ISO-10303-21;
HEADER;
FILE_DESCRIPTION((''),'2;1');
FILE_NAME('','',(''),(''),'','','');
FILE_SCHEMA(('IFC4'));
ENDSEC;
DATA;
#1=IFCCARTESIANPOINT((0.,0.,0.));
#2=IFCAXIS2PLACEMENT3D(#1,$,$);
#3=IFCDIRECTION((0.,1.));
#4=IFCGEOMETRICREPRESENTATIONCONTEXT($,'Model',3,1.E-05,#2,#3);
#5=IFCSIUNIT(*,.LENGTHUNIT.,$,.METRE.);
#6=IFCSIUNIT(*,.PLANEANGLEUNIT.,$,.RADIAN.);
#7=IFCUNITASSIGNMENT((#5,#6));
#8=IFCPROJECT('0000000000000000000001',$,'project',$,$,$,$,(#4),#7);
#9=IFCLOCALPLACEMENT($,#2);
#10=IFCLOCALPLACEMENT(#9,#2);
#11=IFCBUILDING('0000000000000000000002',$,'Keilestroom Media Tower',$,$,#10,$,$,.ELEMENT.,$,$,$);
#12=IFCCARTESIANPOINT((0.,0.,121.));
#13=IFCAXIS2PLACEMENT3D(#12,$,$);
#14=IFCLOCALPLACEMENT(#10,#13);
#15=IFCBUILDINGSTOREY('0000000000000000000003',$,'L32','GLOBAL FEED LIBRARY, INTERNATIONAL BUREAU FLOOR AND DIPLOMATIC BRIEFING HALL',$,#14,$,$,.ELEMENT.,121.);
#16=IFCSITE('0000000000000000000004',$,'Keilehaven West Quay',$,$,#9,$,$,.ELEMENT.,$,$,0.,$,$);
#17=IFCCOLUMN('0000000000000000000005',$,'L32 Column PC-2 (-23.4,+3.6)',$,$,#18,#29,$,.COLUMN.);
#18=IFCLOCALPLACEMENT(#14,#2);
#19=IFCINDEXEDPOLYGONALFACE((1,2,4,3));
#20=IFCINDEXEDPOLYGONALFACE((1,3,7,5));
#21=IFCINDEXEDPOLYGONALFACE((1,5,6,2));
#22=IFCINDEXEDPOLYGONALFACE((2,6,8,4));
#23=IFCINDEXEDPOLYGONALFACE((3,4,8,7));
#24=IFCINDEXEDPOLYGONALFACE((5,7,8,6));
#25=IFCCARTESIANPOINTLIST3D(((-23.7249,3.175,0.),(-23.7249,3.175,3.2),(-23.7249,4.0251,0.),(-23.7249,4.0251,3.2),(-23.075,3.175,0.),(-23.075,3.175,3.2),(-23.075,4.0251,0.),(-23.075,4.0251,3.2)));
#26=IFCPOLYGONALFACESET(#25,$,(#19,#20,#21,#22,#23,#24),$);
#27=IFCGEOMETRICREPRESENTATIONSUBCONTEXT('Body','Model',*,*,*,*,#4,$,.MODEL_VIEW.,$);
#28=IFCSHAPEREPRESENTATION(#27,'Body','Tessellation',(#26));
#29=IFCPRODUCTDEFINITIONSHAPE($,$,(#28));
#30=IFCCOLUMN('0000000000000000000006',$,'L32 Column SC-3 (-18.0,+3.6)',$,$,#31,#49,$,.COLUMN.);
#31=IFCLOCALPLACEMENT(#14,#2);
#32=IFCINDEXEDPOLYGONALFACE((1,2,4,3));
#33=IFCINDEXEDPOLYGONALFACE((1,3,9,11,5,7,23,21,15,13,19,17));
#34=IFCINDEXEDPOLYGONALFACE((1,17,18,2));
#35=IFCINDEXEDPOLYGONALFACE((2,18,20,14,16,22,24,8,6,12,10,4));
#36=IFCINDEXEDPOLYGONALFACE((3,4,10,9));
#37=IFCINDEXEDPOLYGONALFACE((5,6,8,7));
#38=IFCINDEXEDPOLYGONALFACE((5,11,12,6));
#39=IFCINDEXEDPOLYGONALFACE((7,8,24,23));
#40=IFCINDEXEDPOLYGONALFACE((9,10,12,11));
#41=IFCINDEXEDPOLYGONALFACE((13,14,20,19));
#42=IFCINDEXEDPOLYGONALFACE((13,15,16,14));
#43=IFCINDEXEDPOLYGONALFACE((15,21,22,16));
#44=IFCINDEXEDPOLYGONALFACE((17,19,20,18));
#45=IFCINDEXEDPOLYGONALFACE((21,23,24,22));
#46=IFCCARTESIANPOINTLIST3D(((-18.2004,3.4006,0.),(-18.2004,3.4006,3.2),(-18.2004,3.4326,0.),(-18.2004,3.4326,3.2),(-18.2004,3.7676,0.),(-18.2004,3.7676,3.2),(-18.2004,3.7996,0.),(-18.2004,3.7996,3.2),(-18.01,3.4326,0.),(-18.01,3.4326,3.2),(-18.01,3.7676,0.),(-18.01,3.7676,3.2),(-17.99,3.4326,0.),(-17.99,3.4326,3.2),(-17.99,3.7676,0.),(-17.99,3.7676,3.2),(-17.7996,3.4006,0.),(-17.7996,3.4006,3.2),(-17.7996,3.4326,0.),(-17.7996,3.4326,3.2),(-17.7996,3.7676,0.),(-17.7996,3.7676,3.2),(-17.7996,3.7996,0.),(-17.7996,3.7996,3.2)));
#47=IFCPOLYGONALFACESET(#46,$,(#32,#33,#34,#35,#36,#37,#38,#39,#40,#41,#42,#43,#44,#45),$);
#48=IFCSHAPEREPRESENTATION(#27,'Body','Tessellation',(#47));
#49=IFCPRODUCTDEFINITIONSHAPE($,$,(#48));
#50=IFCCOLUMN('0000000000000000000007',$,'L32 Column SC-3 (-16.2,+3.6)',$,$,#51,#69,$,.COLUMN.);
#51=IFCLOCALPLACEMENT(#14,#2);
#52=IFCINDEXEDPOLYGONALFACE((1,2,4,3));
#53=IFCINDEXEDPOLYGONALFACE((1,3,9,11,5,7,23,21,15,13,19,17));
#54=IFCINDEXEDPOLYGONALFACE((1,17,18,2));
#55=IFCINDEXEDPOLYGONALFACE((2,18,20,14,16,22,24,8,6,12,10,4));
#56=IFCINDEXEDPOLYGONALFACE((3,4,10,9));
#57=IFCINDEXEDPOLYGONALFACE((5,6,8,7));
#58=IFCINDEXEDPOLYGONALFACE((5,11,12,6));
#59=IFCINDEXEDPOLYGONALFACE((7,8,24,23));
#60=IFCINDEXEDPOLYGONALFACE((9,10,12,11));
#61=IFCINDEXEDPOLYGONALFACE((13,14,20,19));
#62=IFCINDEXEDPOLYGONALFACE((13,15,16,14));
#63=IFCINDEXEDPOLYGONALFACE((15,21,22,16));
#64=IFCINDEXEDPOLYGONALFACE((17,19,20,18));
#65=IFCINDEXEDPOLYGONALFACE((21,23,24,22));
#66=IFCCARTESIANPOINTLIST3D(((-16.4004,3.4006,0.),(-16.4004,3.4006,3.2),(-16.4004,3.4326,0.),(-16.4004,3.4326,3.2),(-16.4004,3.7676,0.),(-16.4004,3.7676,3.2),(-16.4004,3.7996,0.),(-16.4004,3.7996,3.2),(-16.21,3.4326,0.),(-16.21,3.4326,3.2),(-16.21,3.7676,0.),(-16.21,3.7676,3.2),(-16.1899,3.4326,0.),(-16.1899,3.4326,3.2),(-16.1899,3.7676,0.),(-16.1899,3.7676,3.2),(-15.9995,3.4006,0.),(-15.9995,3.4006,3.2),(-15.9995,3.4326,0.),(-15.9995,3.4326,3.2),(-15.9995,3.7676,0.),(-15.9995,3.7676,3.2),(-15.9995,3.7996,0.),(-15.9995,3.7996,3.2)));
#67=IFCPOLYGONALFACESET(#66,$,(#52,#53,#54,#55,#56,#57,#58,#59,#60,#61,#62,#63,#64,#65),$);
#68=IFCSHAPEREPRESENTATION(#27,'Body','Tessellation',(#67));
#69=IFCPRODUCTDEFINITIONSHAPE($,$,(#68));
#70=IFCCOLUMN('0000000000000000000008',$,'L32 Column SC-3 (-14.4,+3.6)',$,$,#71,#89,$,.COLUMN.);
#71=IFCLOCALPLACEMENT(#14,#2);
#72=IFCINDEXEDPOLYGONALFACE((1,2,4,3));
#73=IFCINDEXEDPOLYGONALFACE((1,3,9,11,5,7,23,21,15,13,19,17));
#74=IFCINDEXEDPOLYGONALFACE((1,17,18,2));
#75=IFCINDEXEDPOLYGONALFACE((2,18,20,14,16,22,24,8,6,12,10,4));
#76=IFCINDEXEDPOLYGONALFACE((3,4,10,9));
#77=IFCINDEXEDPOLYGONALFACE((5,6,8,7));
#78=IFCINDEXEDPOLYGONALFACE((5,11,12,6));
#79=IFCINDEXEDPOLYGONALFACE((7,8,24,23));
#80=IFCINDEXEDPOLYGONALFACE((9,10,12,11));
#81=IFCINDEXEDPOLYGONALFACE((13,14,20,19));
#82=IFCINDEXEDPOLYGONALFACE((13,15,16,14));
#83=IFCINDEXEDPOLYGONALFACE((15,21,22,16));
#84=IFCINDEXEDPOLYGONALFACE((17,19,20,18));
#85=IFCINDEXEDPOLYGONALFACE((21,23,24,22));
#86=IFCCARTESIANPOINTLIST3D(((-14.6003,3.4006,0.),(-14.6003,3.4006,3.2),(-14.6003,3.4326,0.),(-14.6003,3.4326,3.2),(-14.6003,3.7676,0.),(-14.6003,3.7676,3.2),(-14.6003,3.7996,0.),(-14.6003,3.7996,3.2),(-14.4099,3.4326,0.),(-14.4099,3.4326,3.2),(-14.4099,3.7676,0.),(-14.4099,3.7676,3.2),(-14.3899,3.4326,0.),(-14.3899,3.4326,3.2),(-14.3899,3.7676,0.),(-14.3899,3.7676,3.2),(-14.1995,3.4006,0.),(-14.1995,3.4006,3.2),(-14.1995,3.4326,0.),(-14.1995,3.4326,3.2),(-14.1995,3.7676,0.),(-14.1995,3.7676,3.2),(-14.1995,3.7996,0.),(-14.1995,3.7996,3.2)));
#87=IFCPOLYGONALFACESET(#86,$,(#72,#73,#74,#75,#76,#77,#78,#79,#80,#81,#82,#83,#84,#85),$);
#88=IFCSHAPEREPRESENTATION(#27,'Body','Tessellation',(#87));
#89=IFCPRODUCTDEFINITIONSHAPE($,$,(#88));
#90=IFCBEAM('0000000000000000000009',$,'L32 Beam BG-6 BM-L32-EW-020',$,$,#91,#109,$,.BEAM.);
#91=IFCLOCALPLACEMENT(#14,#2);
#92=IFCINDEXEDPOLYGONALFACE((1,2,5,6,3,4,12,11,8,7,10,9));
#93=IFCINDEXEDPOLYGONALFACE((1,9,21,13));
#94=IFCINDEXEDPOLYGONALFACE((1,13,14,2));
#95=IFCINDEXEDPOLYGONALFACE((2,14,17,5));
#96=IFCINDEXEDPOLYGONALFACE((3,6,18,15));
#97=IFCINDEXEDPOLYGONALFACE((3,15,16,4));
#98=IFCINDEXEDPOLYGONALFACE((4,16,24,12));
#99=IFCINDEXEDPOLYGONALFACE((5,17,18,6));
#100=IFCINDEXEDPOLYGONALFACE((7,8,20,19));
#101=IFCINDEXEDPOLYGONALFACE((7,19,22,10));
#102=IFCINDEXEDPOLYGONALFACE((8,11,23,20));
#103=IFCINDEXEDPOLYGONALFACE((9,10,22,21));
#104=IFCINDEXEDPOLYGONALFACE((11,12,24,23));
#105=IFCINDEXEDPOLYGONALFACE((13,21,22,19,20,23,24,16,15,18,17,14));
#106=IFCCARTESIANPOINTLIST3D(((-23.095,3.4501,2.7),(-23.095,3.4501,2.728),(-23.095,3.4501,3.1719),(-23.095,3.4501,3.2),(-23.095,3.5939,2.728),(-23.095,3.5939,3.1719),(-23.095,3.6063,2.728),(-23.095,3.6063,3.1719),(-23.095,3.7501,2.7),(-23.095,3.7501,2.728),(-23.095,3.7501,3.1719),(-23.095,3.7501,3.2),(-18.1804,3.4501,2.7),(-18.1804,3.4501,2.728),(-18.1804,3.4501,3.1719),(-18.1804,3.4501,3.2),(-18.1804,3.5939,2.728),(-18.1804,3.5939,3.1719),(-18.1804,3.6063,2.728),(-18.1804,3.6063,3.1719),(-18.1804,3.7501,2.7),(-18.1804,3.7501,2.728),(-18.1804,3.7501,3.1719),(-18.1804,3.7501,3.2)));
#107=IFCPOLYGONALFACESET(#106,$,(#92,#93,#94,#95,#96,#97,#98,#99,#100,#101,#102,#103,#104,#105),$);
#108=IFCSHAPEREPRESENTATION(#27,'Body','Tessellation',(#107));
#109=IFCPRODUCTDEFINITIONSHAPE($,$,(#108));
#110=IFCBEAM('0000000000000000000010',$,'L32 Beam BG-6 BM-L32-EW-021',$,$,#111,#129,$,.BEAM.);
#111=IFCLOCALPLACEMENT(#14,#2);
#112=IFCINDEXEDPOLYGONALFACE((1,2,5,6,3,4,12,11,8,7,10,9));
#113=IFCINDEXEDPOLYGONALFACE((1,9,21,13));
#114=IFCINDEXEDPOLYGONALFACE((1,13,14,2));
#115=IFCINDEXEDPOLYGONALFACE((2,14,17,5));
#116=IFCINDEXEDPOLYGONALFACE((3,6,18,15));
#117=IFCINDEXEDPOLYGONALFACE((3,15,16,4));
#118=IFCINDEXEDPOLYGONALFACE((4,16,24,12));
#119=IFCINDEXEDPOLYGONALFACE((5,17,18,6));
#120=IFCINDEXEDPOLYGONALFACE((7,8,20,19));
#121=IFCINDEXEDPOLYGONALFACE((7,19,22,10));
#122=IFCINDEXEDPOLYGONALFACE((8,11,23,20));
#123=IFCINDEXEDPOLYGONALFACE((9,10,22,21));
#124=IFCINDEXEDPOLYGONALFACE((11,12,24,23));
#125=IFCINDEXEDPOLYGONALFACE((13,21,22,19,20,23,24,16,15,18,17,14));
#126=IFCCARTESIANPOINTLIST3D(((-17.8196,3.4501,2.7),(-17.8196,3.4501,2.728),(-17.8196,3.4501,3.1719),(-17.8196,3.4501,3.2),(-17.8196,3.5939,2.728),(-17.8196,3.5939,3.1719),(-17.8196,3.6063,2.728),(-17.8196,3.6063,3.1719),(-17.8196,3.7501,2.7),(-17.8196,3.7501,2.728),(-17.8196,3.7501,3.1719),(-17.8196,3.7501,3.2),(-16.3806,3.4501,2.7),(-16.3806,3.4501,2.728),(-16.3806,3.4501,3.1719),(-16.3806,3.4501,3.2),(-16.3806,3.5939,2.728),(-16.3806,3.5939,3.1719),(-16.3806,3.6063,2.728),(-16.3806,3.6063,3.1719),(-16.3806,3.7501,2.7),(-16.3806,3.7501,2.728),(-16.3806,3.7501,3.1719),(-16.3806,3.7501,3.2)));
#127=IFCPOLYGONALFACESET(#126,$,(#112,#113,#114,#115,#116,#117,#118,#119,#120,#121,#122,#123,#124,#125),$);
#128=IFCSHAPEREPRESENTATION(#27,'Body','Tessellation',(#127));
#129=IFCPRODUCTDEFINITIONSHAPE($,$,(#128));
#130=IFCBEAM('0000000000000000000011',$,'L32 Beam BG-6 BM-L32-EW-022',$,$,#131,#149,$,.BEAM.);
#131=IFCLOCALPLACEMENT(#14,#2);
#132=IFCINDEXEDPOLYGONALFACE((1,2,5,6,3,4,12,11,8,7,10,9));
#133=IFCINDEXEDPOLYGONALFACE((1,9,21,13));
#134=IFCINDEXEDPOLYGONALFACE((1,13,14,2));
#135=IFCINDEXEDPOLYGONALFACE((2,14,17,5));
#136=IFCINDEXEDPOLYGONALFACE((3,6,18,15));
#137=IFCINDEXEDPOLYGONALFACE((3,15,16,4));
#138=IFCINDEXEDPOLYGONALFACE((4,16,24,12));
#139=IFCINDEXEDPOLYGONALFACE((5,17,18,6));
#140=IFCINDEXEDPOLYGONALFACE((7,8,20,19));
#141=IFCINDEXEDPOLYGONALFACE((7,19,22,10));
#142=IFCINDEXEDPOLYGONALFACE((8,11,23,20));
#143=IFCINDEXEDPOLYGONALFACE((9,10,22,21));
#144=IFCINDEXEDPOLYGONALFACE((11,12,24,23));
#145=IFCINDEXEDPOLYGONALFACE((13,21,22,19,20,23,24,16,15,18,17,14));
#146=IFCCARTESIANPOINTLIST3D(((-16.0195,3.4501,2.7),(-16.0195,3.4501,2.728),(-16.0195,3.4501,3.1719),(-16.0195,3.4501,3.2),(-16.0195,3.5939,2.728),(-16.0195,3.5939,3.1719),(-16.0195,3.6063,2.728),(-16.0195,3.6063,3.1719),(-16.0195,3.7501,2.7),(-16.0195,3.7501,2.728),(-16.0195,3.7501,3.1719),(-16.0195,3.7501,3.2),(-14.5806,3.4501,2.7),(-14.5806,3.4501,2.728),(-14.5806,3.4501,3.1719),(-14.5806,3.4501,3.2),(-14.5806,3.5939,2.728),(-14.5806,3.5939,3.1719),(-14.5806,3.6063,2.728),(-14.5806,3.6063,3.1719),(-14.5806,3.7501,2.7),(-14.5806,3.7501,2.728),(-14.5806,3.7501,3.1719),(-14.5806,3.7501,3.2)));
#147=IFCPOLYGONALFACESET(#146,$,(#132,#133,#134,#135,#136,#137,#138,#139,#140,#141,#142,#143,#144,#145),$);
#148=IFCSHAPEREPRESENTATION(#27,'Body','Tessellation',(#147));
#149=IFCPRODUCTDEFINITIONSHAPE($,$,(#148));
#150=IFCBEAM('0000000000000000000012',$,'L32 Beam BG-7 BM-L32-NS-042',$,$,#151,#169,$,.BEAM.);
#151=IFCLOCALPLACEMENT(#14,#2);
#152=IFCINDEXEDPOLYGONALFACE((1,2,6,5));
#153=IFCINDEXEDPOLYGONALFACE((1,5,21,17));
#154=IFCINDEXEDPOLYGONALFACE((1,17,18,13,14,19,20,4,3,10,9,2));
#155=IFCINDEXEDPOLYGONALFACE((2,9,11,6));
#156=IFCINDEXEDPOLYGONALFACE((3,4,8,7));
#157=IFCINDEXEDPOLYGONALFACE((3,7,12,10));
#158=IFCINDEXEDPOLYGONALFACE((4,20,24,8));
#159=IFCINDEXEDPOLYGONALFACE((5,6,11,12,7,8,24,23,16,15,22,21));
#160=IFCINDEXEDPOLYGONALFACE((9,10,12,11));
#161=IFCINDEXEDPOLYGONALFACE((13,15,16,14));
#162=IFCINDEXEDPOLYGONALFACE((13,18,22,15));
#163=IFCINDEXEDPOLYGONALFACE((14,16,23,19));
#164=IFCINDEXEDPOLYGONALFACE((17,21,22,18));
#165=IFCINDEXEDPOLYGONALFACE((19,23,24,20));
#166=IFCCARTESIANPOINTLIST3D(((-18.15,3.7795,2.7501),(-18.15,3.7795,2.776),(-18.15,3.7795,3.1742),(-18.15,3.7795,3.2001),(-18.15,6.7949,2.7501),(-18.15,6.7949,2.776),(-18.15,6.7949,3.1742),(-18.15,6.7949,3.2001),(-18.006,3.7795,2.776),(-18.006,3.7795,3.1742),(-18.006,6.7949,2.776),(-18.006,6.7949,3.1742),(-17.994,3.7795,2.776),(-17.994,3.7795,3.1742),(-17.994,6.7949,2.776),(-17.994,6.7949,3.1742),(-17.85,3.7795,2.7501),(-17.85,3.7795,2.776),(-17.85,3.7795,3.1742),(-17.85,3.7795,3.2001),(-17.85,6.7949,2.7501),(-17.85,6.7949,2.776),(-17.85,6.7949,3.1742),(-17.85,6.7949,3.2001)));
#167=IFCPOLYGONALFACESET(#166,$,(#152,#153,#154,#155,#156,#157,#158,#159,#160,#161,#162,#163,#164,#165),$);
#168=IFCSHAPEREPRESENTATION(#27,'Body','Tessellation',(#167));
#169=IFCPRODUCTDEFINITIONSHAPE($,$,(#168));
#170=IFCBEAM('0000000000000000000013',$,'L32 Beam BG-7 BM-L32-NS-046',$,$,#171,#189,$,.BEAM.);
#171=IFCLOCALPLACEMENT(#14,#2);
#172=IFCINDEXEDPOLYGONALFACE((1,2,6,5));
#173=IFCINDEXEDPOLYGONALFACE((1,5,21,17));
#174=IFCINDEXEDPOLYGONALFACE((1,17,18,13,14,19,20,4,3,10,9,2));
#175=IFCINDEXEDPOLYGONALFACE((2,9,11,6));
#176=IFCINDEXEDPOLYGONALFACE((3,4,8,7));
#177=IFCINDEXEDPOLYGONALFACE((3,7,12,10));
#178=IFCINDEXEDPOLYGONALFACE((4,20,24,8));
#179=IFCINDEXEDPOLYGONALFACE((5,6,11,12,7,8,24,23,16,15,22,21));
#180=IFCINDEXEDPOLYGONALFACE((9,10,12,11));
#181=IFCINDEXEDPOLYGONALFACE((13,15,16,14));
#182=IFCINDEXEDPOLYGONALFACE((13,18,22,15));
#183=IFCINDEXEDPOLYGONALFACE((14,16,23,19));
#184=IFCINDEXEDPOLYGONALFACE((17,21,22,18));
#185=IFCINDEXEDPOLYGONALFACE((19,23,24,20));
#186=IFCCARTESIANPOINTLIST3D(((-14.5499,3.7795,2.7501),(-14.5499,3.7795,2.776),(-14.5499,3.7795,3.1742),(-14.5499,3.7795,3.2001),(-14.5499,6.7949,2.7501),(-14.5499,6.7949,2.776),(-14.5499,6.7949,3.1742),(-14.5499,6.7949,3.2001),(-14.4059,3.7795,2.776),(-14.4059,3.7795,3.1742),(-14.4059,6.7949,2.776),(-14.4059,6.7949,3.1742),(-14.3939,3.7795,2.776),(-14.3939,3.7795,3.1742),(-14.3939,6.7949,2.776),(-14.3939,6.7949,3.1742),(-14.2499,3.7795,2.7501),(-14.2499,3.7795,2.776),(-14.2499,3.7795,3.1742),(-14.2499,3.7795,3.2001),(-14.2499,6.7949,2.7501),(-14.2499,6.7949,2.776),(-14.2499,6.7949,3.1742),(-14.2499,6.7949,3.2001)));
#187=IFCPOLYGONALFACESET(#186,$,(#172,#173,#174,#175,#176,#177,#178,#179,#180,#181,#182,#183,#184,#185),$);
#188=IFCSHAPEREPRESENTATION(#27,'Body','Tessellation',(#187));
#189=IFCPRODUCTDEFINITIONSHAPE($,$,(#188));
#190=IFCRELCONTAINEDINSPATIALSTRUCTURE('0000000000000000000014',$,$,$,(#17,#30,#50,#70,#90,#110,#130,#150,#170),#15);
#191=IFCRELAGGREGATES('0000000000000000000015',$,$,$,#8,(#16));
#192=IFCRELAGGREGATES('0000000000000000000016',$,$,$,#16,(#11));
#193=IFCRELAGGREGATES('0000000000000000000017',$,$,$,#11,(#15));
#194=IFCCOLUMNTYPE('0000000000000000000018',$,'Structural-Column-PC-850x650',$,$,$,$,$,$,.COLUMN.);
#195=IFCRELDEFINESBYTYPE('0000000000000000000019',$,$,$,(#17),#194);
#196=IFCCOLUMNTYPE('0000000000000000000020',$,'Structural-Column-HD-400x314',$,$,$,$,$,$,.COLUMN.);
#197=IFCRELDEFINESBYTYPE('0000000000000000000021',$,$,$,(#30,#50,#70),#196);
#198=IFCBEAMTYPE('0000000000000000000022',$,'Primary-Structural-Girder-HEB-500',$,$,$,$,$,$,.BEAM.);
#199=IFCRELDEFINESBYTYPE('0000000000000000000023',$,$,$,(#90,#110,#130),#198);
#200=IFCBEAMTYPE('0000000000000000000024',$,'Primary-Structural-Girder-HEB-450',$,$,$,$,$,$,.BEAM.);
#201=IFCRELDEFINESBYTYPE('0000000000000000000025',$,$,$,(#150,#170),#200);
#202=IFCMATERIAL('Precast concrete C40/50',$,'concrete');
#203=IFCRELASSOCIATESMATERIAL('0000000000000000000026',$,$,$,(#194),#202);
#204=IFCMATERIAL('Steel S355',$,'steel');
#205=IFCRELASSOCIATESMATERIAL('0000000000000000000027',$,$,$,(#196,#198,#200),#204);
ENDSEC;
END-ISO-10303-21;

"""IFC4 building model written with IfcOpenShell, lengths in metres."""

from ifc_helpers import new_model, si_unit, direction, frame, origin, origin_2d, place, context, subcontext, project, spatial, rectangle, i_section, extrude, source, transform, mapped, material, material_profile, profile_set, type_object, element, save


model = new_model("IFC4")

# Units and contexts
model_context = context("Model", 3, precision=1e-05, world=origin(), true_north=direction((0.0, 1.0)))
body_context = subcontext(model_context, "Body", "Model", "MODEL_VIEW")
ifc_project = project(units=[si_unit("LENGTHUNIT", "METRE"), si_unit("PLANEANGLEUNIT", "RADIAN")], contexts=[model_context])

# Site, building, storey
site_placement = place(None, origin())
site = spatial("IfcSite", under=ifc_project, at=site_placement, Name="Keilehaven West Quay", CompositionType="ELEMENT", RefElevation=0.0)
building_placement = place(site_placement, origin())
building = spatial("IfcBuilding", under=site, at=building_placement, Name="Keilestroom Media Tower", CompositionType="ELEMENT")
storey_placement = place(building_placement, frame((0.0, 0.0, 121.0)))
storey = spatial("IfcBuildingStorey", under=building, at=storey_placement, Name="L32", Description="GLOBAL FEED LIBRARY, INTERNATIONAL BUREAU FLOOR AND DIPLOMATIC BRIEFING HALL", CompositionType="ELEMENT", Elevation=121.0)

# Columns
ifc_material_1 = material(Name="Precast concrete C40/50", Category="concrete")
ifc_material_profile_1 = material_profile(ifc_material_1, rectangle(XDim=0.6499, YDim=0.8501, at=origin_2d()), Name="PC 850x650")
ifc_profile_set_1 = profile_set([ifc_material_profile_1], Name="Precast concrete C40/50")
column_type_1 = type_object("IfcColumnType", Name="Structural-Column-PC-850x650", PredefinedType="COLUMN", material=ifc_profile_set_1)
shared_shape_1 = source(origin(), body_context, "Body", "SweptSolid", [
    extrude(rectangle(XDim=0.6499, YDim=0.8501, at=origin_2d()), origin(), (0.0, 0.0, 1.0), 3.2),
])
column_placement = place(storey_placement, frame((-23.3999, 3.6001, 0.0), z_axis=(0.0, 0.0, 1.0), x_axis=(1.0, 0.0, 0.0)))
element("IfcColumn", 1, at=column_placement, inside=storey, type_object=column_type_1, Name="L32 Column PC-2 (-23.4,+3.6)", PredefinedType="COLUMN", context=body_context, shape_type="MappedRepresentation", body=[
    mapped(shared_shape_1, transform((0.0, 0.0, 0.0), x_axis=(1.0, 0.0, 0.0), y_axis=(0.0, 1.0, 0.0), z_axis=(0.0, 0.0, 1.0), scale=1.0)),
])
ifc_material_2 = material(Name="Steel S355", Category="steel")
ifc_material_profile_2 = material_profile(ifc_material_2, i_section(OverallWidth=0.4009, OverallDepth=0.3989, WebThickness=0.02, FlangeThickness=0.032, at=origin_2d()), Name="HD 400x314")
ifc_profile_set_2 = profile_set([ifc_material_profile_2], Name="Steel S355")
column_type_2 = type_object("IfcColumnType", Name="Structural-Column-HD-400x314", PredefinedType="COLUMN", material=ifc_profile_set_2)
shared_shape_2 = source(origin(), body_context, "Body", "SweptSolid", [
    extrude(i_section(OverallWidth=0.4009, OverallDepth=0.3989, WebThickness=0.02, FlangeThickness=0.032, at=origin_2d()), origin(), (0.0, 0.0, 1.0), 3.2),
])
for number, where, z_axis, x_axis, name in (
    (2, (-18.0, 3.6001, 0.0), (0.0, 0.0, 1.0), (1.0, 0.0, 0.0), "L32 Column SC-3 (-18.0,+3.6)"),
    (3, (-16.2, 3.6001, 0.0), (0.0, 0.0, 1.0), (1.0, 0.0, 0.0), "L32 Column SC-3 (-16.2,+3.6)"),
    (4, (-14.3999, 3.6001, 0.0), (0.0, 0.0, 1.0), (1.0, 0.0, 0.0), "L32 Column SC-3 (-14.4,+3.6)"),
):
    element("IfcColumn", number, at=place(storey_placement, frame(where, z_axis=z_axis, x_axis=x_axis)), inside=storey, type_object=column_type_2, Name=name, PredefinedType="COLUMN", context=body_context, shape_type="MappedRepresentation", body=[
        mapped(shared_shape_2, transform((0.0, 0.0, 0.0), x_axis=(1.0, 0.0, 0.0), y_axis=(0.0, 1.0, 0.0), z_axis=(0.0, 0.0, 1.0), scale=1.0)),
    ])

# Beams
ifc_material_profile_3 = material_profile(ifc_material_2, i_section(OverallWidth=0.3, OverallDepth=0.5, WebThickness=0.0125, FlangeThickness=0.0281, at=origin_2d()), Name="HEB 500")
ifc_profile_set_3 = profile_set([ifc_material_profile_3], Name="Steel S355")
beam_type_1 = type_object("IfcBeamType", Name="Primary-Structural-Girder-HEB-500", PredefinedType="BEAM", material=ifc_profile_set_3)
shared_shape_3 = source(origin(), body_context, "Body", "SweptSolid", [
    extrude(i_section(OverallWidth=0.3, OverallDepth=0.5, WebThickness=0.0125, FlangeThickness=0.0281, at=origin_2d()), origin(), (0.0, 0.0, 1.0), 4.9146),
])
beam_placement = place(storey_placement, frame((-23.095, 3.6001, 2.95), z_axis=(1.0, 0.0, 0.0), x_axis=(0.0, 1.0, 0.0)))
element("IfcBeam", 5, at=beam_placement, inside=storey, type_object=beam_type_1, Name="L32 Beam BG-6 BM-L32-EW-020", PredefinedType="BEAM", context=body_context, shape_type="MappedRepresentation", body=[
    mapped(shared_shape_3, transform((0.0, 0.0, 0.0), x_axis=(1.0, 0.0, 0.0), y_axis=(0.0, 1.0, 0.0), z_axis=(0.0, 0.0, 1.0), scale=1.0)),
])
shared_shape_4 = source(origin(), body_context, "Body", "SweptSolid", [
    extrude(i_section(OverallWidth=0.3, OverallDepth=0.5, WebThickness=0.0125, FlangeThickness=0.0281, at=origin_2d()), origin(), (0.0, 0.0, 1.0), 1.439),
])
for number, where, z_axis, x_axis, name in (
    (6, (-17.8196, 3.6001, 2.95), (1.0, 0.0, 0.0), (0.0, 1.0, 0.0), "L32 Beam BG-6 BM-L32-EW-021"),
    (7, (-16.0195, 3.6001, 2.95), (1.0, 0.0, 0.0), (0.0, 1.0, 0.0), "L32 Beam BG-6 BM-L32-EW-022"),
):
    element("IfcBeam", number, at=place(storey_placement, frame(where, z_axis=z_axis, x_axis=x_axis)), inside=storey, type_object=beam_type_1, Name=name, PredefinedType="BEAM", context=body_context, shape_type="MappedRepresentation", body=[
        mapped(shared_shape_4, transform((0.0, 0.0, 0.0), x_axis=(1.0, 0.0, 0.0), y_axis=(0.0, 1.0, 0.0), z_axis=(0.0, 0.0, 1.0), scale=1.0)),
    ])
ifc_material_profile_4 = material_profile(ifc_material_2, i_section(OverallWidth=0.3, OverallDepth=0.45, WebThickness=0.012, FlangeThickness=0.0259, at=origin_2d()), Name="HEB 450")
ifc_profile_set_4 = profile_set([ifc_material_profile_4], Name="Steel S355")
beam_type_2 = type_object("IfcBeamType", Name="Primary-Structural-Girder-HEB-450", PredefinedType="BEAM", material=ifc_profile_set_4)
shared_shape_5 = source(origin(), body_context, "Body", "SweptSolid", [
    extrude(i_section(OverallWidth=0.3, OverallDepth=0.45, WebThickness=0.012, FlangeThickness=0.0259, at=origin_2d()), origin(), (0.0, 0.0, 1.0), 3.0154),
])
for number, where, z_axis, x_axis, name in (
    (8, (-18.0, 3.7795, 2.9751), (0.0, 1.0, 0.0), (-1.0, 0.0, 0.0), "L32 Beam BG-7 BM-L32-NS-042"),
    (9, (-14.3999, 3.7795, 2.9751), (0.0, 1.0, 0.0), (-1.0, 0.0, 0.0), "L32 Beam BG-7 BM-L32-NS-046"),
):
    element("IfcBeam", number, at=place(storey_placement, frame(where, z_axis=z_axis, x_axis=x_axis)), inside=storey, type_object=beam_type_2, Name=name, PredefinedType="BEAM", context=body_context, shape_type="MappedRepresentation", body=[
        mapped(shared_shape_5, transform((0.0, 0.0, 0.0), x_axis=(1.0, 0.0, 0.0), y_axis=(0.0, 1.0, 0.0), z_axis=(0.0, 0.0, 1.0), scale=1.0)),
    ])

save(model, "model.ifc")
